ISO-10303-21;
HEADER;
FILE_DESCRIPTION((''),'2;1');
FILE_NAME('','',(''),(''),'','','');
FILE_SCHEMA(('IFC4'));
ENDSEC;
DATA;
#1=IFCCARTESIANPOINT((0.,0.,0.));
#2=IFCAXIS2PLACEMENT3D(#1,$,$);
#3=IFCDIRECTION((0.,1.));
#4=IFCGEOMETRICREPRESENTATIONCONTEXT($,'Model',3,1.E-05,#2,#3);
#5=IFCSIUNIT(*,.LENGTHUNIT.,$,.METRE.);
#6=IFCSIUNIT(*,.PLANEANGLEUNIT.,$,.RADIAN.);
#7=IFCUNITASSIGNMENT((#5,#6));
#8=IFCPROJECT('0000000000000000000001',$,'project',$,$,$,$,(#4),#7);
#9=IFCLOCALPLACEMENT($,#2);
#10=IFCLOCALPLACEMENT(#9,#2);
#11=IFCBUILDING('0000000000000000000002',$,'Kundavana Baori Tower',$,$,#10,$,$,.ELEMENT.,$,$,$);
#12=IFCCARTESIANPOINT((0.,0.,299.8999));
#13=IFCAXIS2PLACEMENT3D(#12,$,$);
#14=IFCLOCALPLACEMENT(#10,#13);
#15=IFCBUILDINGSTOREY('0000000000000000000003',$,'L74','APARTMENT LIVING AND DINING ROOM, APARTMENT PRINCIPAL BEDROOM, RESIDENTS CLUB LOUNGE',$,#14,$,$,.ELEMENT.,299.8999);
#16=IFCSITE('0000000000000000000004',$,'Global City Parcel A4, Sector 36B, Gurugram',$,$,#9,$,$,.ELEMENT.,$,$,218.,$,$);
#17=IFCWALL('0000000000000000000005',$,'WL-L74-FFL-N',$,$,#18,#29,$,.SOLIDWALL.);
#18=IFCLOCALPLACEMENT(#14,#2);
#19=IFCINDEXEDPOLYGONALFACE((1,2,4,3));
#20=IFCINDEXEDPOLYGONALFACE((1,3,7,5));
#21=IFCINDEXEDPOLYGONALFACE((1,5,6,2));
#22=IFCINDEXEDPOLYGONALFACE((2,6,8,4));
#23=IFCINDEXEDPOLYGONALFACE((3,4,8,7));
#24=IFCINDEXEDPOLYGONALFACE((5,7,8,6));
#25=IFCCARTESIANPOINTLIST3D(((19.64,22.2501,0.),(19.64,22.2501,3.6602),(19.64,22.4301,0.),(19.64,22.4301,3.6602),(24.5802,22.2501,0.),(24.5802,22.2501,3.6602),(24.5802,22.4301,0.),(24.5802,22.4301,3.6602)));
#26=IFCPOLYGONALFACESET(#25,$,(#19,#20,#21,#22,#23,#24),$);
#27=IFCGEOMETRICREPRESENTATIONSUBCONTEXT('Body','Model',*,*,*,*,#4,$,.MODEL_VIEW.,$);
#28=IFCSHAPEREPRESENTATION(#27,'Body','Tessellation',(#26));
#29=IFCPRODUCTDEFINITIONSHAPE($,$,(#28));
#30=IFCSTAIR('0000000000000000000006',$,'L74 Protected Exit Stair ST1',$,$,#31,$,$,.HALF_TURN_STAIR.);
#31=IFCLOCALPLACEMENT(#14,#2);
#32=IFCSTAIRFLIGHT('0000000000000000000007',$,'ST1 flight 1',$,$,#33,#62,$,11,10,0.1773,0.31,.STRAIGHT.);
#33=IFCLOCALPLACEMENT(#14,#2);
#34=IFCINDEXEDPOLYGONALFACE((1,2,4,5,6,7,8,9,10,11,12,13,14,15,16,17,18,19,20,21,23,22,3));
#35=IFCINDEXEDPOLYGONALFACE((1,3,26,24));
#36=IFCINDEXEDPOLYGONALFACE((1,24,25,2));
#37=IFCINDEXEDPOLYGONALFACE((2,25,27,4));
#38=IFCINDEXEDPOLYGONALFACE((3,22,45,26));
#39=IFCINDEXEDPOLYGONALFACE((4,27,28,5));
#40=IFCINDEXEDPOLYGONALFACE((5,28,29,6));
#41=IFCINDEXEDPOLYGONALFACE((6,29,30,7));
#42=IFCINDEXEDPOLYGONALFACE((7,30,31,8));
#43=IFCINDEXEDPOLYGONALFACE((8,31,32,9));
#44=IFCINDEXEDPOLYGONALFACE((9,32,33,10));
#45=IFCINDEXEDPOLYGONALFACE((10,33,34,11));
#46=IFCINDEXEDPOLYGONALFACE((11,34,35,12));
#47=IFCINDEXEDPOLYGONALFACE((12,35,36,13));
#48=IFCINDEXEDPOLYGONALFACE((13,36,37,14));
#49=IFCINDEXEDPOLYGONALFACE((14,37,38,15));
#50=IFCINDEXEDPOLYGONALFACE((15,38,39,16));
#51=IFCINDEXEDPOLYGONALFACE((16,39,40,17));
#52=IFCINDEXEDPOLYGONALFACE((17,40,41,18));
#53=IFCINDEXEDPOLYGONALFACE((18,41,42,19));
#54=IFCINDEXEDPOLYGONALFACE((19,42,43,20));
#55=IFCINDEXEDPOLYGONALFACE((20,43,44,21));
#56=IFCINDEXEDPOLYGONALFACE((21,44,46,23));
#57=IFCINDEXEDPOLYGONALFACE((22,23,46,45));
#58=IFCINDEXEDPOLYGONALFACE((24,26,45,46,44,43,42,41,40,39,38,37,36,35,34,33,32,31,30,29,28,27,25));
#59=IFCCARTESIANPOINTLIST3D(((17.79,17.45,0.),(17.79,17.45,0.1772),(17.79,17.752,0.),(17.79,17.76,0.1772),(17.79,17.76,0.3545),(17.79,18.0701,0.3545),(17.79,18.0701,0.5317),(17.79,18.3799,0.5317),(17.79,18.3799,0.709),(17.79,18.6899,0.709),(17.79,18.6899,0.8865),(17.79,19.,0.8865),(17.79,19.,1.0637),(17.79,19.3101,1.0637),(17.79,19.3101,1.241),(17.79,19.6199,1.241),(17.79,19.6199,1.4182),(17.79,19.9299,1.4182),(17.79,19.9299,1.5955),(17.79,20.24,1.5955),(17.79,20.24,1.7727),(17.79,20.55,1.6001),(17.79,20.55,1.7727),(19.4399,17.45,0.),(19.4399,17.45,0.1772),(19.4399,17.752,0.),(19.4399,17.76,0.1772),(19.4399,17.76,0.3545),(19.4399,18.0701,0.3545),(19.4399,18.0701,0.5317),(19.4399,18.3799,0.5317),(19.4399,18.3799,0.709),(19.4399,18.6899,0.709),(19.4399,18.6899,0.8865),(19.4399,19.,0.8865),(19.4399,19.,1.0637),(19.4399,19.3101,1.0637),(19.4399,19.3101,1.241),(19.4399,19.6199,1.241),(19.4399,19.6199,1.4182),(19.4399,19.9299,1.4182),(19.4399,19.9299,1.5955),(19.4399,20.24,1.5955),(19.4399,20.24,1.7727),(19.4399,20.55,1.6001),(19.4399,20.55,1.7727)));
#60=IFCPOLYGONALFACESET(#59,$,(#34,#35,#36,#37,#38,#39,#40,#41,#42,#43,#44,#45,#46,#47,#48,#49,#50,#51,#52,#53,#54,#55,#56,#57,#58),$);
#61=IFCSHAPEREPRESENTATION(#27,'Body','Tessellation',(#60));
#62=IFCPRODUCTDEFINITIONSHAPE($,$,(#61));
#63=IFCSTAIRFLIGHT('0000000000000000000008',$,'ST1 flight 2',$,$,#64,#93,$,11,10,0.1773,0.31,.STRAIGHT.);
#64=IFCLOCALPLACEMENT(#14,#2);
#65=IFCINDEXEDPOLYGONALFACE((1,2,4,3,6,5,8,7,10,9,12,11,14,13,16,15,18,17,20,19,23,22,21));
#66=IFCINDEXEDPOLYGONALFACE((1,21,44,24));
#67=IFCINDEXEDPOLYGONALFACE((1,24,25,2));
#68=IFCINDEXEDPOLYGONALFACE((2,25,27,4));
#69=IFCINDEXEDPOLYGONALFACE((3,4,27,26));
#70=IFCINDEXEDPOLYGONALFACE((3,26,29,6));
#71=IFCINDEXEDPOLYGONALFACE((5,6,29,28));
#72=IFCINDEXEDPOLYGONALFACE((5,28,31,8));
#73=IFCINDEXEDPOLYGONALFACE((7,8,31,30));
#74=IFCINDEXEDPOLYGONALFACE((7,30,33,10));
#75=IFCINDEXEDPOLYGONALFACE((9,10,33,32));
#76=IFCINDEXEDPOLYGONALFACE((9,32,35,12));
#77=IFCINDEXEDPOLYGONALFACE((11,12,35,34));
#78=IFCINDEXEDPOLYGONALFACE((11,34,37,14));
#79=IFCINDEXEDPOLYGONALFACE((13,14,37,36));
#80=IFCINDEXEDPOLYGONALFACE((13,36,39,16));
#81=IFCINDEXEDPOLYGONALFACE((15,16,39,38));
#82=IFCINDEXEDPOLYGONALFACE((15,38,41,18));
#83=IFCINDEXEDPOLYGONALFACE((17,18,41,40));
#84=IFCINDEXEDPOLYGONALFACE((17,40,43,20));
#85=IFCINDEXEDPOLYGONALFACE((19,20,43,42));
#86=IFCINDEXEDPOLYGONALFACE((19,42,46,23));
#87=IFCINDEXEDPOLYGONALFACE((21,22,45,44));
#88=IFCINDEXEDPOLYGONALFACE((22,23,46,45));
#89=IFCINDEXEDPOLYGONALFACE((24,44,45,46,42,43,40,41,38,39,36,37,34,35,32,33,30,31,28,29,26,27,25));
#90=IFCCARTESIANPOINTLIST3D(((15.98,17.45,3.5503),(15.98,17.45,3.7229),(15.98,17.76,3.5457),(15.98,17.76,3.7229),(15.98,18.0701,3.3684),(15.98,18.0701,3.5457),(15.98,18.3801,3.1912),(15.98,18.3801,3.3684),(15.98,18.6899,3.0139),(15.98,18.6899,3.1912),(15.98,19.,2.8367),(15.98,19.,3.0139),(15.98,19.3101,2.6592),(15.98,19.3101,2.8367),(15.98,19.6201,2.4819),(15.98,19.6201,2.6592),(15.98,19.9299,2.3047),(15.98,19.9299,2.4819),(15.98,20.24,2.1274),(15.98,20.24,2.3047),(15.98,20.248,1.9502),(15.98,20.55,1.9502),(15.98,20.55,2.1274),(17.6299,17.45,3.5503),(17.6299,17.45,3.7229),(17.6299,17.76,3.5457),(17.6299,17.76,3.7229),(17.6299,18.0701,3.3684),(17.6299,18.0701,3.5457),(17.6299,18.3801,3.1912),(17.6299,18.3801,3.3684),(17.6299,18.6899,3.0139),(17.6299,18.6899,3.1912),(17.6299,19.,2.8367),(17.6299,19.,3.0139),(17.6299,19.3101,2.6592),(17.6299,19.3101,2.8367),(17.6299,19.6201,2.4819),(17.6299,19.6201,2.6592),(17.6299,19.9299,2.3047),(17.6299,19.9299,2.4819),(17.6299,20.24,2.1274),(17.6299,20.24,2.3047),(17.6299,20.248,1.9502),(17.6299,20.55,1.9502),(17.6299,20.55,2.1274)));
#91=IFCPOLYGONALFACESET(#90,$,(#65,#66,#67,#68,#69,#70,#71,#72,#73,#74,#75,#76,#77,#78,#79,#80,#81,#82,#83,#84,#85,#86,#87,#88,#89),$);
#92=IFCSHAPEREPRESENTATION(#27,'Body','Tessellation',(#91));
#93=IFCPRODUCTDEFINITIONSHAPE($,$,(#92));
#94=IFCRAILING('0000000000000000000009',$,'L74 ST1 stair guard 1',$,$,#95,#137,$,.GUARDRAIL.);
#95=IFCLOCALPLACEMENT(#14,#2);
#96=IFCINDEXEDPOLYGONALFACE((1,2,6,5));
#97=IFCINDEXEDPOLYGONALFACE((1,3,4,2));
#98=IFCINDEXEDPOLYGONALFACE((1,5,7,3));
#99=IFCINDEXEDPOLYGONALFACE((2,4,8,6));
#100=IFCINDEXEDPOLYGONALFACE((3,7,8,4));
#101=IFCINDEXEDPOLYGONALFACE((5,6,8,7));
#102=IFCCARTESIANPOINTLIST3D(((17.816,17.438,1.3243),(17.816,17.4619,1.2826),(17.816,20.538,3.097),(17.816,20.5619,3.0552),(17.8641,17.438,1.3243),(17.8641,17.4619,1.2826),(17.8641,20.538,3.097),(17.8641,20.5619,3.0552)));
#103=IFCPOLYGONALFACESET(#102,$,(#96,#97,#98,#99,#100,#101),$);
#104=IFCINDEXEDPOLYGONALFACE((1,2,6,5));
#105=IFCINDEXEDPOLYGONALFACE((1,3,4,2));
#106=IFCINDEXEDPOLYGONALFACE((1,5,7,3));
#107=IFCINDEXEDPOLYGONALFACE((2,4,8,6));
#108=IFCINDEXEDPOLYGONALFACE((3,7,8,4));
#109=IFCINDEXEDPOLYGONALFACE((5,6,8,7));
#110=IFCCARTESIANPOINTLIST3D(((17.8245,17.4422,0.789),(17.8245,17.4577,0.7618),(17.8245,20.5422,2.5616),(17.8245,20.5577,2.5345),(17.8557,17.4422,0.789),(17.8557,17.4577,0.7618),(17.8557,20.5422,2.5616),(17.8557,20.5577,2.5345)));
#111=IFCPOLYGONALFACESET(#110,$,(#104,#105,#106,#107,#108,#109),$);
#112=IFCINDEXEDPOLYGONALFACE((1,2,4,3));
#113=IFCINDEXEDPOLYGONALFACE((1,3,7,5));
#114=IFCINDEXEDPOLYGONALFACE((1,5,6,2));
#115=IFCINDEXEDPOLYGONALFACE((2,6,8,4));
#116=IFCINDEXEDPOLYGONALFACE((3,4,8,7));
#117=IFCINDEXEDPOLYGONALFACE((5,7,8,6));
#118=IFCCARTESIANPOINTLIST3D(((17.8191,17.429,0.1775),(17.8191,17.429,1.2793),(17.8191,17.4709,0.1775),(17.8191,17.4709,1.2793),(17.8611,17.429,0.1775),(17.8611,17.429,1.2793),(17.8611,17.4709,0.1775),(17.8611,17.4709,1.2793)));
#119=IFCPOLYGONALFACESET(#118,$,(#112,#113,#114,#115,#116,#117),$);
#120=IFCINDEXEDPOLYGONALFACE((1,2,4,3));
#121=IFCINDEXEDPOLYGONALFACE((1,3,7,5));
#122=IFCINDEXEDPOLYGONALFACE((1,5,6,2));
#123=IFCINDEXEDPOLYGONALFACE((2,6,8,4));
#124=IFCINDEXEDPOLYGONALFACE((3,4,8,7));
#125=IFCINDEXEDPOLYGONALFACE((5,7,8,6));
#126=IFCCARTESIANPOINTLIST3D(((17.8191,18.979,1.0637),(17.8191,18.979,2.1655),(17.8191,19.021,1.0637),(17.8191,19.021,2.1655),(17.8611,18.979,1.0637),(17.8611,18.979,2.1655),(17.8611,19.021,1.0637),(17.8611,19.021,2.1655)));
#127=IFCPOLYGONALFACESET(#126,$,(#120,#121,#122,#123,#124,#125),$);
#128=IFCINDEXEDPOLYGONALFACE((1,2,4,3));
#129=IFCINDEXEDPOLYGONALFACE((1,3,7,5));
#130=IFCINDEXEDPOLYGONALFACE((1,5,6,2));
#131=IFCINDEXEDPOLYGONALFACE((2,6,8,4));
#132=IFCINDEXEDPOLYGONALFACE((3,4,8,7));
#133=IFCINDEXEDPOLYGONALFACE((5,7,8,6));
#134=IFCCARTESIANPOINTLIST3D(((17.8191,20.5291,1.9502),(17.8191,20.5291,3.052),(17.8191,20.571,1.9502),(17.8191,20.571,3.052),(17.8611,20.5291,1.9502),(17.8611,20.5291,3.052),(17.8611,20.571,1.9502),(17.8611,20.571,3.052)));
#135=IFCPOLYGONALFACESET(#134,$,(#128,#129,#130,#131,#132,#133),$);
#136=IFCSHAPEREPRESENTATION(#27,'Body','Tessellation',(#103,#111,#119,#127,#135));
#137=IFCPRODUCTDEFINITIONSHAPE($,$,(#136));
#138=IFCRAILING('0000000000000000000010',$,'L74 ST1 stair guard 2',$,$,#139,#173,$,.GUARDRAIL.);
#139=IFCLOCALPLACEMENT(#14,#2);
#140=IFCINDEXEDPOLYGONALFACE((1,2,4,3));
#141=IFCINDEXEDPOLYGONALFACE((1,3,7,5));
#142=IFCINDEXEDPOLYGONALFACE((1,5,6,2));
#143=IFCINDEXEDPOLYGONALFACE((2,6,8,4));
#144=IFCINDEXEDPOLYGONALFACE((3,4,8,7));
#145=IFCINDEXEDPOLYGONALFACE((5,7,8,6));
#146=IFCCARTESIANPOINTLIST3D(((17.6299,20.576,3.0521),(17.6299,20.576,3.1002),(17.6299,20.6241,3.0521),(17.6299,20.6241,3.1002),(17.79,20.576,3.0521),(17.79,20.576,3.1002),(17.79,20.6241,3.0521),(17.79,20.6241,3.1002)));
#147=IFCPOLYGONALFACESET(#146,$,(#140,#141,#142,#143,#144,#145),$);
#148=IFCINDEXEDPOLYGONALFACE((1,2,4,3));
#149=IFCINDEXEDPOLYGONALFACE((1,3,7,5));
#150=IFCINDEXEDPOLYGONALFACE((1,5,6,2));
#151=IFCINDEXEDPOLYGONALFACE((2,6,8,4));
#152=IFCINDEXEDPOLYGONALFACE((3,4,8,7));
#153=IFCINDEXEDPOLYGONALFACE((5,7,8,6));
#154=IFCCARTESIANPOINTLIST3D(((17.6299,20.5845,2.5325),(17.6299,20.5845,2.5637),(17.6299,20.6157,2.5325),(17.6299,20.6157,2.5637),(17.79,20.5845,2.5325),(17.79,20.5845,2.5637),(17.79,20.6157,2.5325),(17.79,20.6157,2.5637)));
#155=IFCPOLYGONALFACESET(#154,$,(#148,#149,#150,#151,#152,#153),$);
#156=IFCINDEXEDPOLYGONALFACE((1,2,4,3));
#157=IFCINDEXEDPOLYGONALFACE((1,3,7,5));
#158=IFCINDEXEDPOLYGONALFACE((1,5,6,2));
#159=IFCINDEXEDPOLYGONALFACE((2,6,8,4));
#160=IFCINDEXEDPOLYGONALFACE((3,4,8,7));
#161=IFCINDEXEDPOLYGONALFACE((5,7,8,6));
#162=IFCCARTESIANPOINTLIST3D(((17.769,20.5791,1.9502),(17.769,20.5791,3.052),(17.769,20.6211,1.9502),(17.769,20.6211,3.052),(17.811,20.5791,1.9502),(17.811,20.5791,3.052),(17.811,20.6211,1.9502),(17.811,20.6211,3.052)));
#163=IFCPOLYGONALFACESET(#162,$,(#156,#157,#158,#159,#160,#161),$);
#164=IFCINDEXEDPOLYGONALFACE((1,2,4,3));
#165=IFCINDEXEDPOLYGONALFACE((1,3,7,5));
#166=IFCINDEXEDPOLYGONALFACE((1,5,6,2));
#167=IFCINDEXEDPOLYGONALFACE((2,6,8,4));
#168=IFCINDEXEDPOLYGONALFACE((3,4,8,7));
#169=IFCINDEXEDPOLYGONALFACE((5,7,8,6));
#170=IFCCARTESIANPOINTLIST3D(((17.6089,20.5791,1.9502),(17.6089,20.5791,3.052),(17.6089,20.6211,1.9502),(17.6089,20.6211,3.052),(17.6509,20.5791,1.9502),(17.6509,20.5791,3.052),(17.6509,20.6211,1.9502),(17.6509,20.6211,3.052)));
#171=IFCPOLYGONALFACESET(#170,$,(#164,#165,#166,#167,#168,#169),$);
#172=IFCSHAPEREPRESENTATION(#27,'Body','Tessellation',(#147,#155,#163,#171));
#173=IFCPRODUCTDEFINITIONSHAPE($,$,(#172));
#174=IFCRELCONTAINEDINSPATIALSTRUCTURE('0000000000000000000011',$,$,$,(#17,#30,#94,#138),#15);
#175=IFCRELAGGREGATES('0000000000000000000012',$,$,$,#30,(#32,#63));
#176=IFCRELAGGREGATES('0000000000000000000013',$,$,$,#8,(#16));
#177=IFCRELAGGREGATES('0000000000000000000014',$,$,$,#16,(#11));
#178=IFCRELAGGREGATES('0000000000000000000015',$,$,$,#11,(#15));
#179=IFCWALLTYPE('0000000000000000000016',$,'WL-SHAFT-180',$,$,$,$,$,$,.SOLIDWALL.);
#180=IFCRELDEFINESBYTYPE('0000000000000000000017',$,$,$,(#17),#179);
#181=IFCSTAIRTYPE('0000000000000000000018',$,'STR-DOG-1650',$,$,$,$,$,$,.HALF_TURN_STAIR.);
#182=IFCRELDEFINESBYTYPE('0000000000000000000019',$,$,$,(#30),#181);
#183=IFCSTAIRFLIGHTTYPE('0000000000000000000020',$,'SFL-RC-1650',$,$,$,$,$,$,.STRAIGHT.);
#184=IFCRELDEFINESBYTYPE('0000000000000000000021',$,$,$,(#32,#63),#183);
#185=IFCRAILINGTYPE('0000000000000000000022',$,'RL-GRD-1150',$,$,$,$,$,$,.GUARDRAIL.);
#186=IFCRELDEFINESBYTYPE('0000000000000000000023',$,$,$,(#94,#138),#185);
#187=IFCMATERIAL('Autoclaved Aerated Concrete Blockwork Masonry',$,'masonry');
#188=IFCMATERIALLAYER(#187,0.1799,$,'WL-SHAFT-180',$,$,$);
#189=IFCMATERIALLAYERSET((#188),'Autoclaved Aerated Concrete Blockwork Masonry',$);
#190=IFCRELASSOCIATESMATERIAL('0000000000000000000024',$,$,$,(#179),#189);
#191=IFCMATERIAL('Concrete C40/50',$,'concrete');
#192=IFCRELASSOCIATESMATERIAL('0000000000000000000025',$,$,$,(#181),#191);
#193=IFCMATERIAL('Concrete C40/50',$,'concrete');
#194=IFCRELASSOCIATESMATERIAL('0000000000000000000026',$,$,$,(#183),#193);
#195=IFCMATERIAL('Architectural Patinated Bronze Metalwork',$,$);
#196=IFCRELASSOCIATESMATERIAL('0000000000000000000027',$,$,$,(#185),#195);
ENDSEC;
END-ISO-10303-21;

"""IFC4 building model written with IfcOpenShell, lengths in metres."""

from ifc_helpers import new_model, si_unit, direction, frame, frame_2d, origin, origin_2d, place, context, subcontext, project, spatial, polyline, rectangle, outline, extrude, material, layer, layer_set, type_object, element, aggregate, save


model = new_model("IFC4")

# Units and contexts
model_context = context("Model", 3, precision=1e-05, world=origin(), true_north=direction((0.0, 1.0)))
body_context = subcontext(model_context, "Body", "Model", "MODEL_VIEW")
ifc_project = project(units=[si_unit("LENGTHUNIT", "METRE"), si_unit("PLANEANGLEUNIT", "RADIAN")], contexts=[model_context])

# Site, building, storey
site_placement = place(None, origin())
site = spatial("IfcSite", under=ifc_project, at=site_placement, Name="Global City Parcel A4, Sector 36B, Gurugram", CompositionType="ELEMENT", RefElevation=218.0)
building_placement = place(site_placement, origin())
building = spatial("IfcBuilding", under=site, at=building_placement, Name="Kundavana Baori Tower", CompositionType="ELEMENT")
storey_placement = place(building_placement, frame((0.0, 0.0, 299.8999)))
storey = spatial("IfcBuildingStorey", under=building, at=storey_placement, Name="L74", Description="APARTMENT LIVING AND DINING ROOM, APARTMENT PRINCIPAL BEDROOM, RESIDENTS CLUB LOUNGE", CompositionType="ELEMENT", Elevation=299.8999)

# Shared definitions
ifc_material_1 = material(Name="Autoclaved Aerated Concrete Blockwork Masonry", Category="masonry")
ifc_layer_1 = layer(ifc_material_1, 0.1799, Name="WL-SHAFT-180")
ifc_layer_set_1 = layer_set([ifc_layer_1], Name="Autoclaved Aerated Concrete Blockwork Masonry")
wall_type_1 = type_object("IfcWallType", Name="WL-SHAFT-180", PredefinedType="SOLIDWALL", material=ifc_layer_set_1)

# Wall
wall_1_placement = place(storey_placement, frame((19.6399, 22.3401, 0.0), z_axis=(0.0, 0.0, 1.0), x_axis=(1.0, 0.0, 0.0)))
element("IfcWall", 1, at=wall_1_placement, inside=storey, type_object=wall_type_1, Name="WL-L74-FFL-N", PredefinedType="SOLIDWALL", context=body_context, shape_type="SweptSolid", body=[
    extrude(rectangle(XDim=4.9402, YDim=0.1799, at=frame_2d((2.4702, 0.0))), origin(), (0.0, 0.0, 1.0), 3.6602),
])

# Stair, stair flights
ifc_material_2 = material(Name="Concrete C40/50", Category="concrete")
stair_type = type_object("IfcStairType", Name="STR-DOG-1650", PredefinedType="HALF_TURN_STAIR", material=ifc_material_2)
stair_placement = place(storey_placement, origin())
stair = element("IfcStair", 2, at=stair_placement, inside=storey, type_object=stair_type, Name="L74 Protected Exit Stair ST1", PredefinedType="HALF_TURN_STAIR")
ifc_material_3 = material(Name="Concrete C40/50", Category="concrete")
stair_flight_type = type_object("IfcStairFlightType", Name="SFL-RC-1650", PredefinedType="STRAIGHT", material=ifc_material_3)
stair_flight_1_placement = place(storey_placement, frame((18.615, 17.45, 0.0), z_axis=(0.0, 0.0, 1.0), x_axis=(0.0, 1.0, 0.0)))
stair_flight_1 = element("IfcStairFlight", 3, at=stair_flight_1_placement, type_object=stair_flight_type, Name="ST1 flight 1", NumberOfRisers=11, NumberOfTreads=10, PredefinedType="STRAIGHT", RiserHeight=0.1773, TreadLength=0.31, context=body_context, shape_type="SweptSolid", body=[
    extrude(outline(polyline([(0.0, 0.0), (0.0, 0.1772), (0.3101, 0.1772), (0.3101, 0.3545), (0.6201, 0.3545), (0.6201, 0.5317), (0.9299, 0.5317), (0.9299, 0.709), (1.24, 0.709), (1.24, 0.8865), (1.55, 0.8865), (1.55, 1.0637), (1.8601, 1.0637), (1.8601, 1.241), (2.1699, 1.241), (2.1699, 1.4182), (2.48, 1.4182), (2.48, 1.5955), (2.79, 1.5955), (2.79, 1.7727), (3.1001, 1.7727), (3.1001, 1.95), (3.1001, 1.6001), (0.302, 0.0), (0.0, 0.0)])), frame((0.0, 0.825, 0.0), z_axis=(0.0, -1.0, 0.0), x_axis=(1.0, 0.0, 0.0)), (0.0, 0.0, 1.0), 1.6499),
])
stair_flight_2_placement = place(storey_placement, frame((16.8049, 20.55, 1.9502), z_axis=(0.0, 0.0, 1.0), x_axis=(0.0, -1.0, 0.0)))
stair_flight_2 = element("IfcStairFlight", 4, at=stair_flight_2_placement, type_object=stair_flight_type, Name="ST1 flight 2", NumberOfRisers=11, NumberOfTreads=10, PredefinedType="STRAIGHT", RiserHeight=0.1773, TreadLength=0.31, context=body_context, shape_type="SweptSolid", body=[
    extrude(outline(polyline([(0.0, 0.0), (0.0, 0.1772), (0.3101, 0.1772), (0.3101, 0.3545), (0.6201, 0.3545), (0.6201, 0.5317), (0.9299, 0.5317), (0.9299, 0.709), (1.24, 0.709), (1.24, 0.8865), (1.55, 0.8865), (1.55, 1.0637), (1.8601, 1.0637), (1.8601, 1.241), (2.1699, 1.241), (2.1699, 1.4182), (2.48, 1.4182), (2.48, 1.5955), (2.79, 1.5955), (2.79, 1.7727), (3.1001, 1.7727), (3.1001, 1.95), (3.1001, 1.6001), (0.302, 0.0), (0.0, 0.0)])), frame((0.0, 0.825, 0.0), z_axis=(0.0, -1.0, 0.0), x_axis=(1.0, 0.0, 0.0)), (0.0, 0.0, 1.0), 1.6499),
])
aggregate(stair, [stair_flight_1, stair_flight_2])

# Railings
ifc_material_4 = material(Name="Architectural Patinated Bronze Metalwork")
railing_type_1 = type_object("IfcRailingType", Name="RL-GRD-1150", PredefinedType="GUARDRAIL", material=ifc_material_4)
railing_1_placement = place(storey_placement, frame((17.8401, 17.45, 0.1775)))
element("IfcRailing", 5, at=railing_1_placement, inside=storey, type_object=railing_type_1, Name="L74 ST1 stair guard 1", PredefinedType="GUARDRAIL", context=body_context, shape_type="SweptSolid", body=[
    extrude(rectangle(XDim=0.0481, YDim=0.0481, at=origin_2d()), frame((0.0, 0.0, 1.126), z_axis=(0.0, 0.868096, 0.496397), x_axis=(-1.0, 0.0, 0.0)), (0.0, 0.0, 1.0), 3.571),
    extrude(rectangle(XDim=0.0312, YDim=0.0312, at=origin_2d()), frame((0.0, 0.0, 0.5979), z_axis=(0.0, 0.868096, 0.496397), x_axis=(-1.0, 0.0, 0.0)), (0.0, 0.0, 1.0), 3.571),
    extrude(rectangle(XDim=0.042, YDim=0.042, at=origin_2d()), origin(), (0.0, 0.0, 1.0), 1.1018),
    extrude(rectangle(XDim=0.042, YDim=0.042, at=origin_2d()), frame((0.0, 1.55, 0.8862)), (0.0, 0.0, 1.0), 1.1018),
    extrude(rectangle(XDim=0.042, YDim=0.042, at=origin_2d()), frame((0.0, 3.1001, 1.7727)), (0.0, 0.0, 1.0), 1.1018),
])
railing_2_placement = place(storey_placement, frame((17.79, 20.6001, 1.9502)))
element("IfcRailing", 6, at=railing_2_placement, inside=storey, type_object=railing_type_1, Name="L74 ST1 stair guard 2", PredefinedType="GUARDRAIL", context=body_context, shape_type="SweptSolid", body=[
    extrude(rectangle(XDim=0.0481, YDim=0.0481, at=origin_2d()), frame((0.0, 0.0, 1.126), z_axis=(-1.0, 0.0, 0.0), x_axis=(0.0, -1.0, 0.0)), (0.0, 0.0, 1.0), 0.1602),
    extrude(rectangle(XDim=0.0312, YDim=0.0312, at=origin_2d()), frame((0.0, 0.0, 0.5979), z_axis=(-1.0, 0.0, 0.0), x_axis=(0.0, -1.0, 0.0)), (0.0, 0.0, 1.0), 0.1602),
    extrude(rectangle(XDim=0.042, YDim=0.042, at=origin_2d()), origin(), (0.0, 0.0, 1.0), 1.1018),
    extrude(rectangle(XDim=0.042, YDim=0.042, at=origin_2d()), frame((-0.1602, 0.0, 0.0)), (0.0, 0.0, 1.0), 1.1018),
])

save(model, "model.ifc")
